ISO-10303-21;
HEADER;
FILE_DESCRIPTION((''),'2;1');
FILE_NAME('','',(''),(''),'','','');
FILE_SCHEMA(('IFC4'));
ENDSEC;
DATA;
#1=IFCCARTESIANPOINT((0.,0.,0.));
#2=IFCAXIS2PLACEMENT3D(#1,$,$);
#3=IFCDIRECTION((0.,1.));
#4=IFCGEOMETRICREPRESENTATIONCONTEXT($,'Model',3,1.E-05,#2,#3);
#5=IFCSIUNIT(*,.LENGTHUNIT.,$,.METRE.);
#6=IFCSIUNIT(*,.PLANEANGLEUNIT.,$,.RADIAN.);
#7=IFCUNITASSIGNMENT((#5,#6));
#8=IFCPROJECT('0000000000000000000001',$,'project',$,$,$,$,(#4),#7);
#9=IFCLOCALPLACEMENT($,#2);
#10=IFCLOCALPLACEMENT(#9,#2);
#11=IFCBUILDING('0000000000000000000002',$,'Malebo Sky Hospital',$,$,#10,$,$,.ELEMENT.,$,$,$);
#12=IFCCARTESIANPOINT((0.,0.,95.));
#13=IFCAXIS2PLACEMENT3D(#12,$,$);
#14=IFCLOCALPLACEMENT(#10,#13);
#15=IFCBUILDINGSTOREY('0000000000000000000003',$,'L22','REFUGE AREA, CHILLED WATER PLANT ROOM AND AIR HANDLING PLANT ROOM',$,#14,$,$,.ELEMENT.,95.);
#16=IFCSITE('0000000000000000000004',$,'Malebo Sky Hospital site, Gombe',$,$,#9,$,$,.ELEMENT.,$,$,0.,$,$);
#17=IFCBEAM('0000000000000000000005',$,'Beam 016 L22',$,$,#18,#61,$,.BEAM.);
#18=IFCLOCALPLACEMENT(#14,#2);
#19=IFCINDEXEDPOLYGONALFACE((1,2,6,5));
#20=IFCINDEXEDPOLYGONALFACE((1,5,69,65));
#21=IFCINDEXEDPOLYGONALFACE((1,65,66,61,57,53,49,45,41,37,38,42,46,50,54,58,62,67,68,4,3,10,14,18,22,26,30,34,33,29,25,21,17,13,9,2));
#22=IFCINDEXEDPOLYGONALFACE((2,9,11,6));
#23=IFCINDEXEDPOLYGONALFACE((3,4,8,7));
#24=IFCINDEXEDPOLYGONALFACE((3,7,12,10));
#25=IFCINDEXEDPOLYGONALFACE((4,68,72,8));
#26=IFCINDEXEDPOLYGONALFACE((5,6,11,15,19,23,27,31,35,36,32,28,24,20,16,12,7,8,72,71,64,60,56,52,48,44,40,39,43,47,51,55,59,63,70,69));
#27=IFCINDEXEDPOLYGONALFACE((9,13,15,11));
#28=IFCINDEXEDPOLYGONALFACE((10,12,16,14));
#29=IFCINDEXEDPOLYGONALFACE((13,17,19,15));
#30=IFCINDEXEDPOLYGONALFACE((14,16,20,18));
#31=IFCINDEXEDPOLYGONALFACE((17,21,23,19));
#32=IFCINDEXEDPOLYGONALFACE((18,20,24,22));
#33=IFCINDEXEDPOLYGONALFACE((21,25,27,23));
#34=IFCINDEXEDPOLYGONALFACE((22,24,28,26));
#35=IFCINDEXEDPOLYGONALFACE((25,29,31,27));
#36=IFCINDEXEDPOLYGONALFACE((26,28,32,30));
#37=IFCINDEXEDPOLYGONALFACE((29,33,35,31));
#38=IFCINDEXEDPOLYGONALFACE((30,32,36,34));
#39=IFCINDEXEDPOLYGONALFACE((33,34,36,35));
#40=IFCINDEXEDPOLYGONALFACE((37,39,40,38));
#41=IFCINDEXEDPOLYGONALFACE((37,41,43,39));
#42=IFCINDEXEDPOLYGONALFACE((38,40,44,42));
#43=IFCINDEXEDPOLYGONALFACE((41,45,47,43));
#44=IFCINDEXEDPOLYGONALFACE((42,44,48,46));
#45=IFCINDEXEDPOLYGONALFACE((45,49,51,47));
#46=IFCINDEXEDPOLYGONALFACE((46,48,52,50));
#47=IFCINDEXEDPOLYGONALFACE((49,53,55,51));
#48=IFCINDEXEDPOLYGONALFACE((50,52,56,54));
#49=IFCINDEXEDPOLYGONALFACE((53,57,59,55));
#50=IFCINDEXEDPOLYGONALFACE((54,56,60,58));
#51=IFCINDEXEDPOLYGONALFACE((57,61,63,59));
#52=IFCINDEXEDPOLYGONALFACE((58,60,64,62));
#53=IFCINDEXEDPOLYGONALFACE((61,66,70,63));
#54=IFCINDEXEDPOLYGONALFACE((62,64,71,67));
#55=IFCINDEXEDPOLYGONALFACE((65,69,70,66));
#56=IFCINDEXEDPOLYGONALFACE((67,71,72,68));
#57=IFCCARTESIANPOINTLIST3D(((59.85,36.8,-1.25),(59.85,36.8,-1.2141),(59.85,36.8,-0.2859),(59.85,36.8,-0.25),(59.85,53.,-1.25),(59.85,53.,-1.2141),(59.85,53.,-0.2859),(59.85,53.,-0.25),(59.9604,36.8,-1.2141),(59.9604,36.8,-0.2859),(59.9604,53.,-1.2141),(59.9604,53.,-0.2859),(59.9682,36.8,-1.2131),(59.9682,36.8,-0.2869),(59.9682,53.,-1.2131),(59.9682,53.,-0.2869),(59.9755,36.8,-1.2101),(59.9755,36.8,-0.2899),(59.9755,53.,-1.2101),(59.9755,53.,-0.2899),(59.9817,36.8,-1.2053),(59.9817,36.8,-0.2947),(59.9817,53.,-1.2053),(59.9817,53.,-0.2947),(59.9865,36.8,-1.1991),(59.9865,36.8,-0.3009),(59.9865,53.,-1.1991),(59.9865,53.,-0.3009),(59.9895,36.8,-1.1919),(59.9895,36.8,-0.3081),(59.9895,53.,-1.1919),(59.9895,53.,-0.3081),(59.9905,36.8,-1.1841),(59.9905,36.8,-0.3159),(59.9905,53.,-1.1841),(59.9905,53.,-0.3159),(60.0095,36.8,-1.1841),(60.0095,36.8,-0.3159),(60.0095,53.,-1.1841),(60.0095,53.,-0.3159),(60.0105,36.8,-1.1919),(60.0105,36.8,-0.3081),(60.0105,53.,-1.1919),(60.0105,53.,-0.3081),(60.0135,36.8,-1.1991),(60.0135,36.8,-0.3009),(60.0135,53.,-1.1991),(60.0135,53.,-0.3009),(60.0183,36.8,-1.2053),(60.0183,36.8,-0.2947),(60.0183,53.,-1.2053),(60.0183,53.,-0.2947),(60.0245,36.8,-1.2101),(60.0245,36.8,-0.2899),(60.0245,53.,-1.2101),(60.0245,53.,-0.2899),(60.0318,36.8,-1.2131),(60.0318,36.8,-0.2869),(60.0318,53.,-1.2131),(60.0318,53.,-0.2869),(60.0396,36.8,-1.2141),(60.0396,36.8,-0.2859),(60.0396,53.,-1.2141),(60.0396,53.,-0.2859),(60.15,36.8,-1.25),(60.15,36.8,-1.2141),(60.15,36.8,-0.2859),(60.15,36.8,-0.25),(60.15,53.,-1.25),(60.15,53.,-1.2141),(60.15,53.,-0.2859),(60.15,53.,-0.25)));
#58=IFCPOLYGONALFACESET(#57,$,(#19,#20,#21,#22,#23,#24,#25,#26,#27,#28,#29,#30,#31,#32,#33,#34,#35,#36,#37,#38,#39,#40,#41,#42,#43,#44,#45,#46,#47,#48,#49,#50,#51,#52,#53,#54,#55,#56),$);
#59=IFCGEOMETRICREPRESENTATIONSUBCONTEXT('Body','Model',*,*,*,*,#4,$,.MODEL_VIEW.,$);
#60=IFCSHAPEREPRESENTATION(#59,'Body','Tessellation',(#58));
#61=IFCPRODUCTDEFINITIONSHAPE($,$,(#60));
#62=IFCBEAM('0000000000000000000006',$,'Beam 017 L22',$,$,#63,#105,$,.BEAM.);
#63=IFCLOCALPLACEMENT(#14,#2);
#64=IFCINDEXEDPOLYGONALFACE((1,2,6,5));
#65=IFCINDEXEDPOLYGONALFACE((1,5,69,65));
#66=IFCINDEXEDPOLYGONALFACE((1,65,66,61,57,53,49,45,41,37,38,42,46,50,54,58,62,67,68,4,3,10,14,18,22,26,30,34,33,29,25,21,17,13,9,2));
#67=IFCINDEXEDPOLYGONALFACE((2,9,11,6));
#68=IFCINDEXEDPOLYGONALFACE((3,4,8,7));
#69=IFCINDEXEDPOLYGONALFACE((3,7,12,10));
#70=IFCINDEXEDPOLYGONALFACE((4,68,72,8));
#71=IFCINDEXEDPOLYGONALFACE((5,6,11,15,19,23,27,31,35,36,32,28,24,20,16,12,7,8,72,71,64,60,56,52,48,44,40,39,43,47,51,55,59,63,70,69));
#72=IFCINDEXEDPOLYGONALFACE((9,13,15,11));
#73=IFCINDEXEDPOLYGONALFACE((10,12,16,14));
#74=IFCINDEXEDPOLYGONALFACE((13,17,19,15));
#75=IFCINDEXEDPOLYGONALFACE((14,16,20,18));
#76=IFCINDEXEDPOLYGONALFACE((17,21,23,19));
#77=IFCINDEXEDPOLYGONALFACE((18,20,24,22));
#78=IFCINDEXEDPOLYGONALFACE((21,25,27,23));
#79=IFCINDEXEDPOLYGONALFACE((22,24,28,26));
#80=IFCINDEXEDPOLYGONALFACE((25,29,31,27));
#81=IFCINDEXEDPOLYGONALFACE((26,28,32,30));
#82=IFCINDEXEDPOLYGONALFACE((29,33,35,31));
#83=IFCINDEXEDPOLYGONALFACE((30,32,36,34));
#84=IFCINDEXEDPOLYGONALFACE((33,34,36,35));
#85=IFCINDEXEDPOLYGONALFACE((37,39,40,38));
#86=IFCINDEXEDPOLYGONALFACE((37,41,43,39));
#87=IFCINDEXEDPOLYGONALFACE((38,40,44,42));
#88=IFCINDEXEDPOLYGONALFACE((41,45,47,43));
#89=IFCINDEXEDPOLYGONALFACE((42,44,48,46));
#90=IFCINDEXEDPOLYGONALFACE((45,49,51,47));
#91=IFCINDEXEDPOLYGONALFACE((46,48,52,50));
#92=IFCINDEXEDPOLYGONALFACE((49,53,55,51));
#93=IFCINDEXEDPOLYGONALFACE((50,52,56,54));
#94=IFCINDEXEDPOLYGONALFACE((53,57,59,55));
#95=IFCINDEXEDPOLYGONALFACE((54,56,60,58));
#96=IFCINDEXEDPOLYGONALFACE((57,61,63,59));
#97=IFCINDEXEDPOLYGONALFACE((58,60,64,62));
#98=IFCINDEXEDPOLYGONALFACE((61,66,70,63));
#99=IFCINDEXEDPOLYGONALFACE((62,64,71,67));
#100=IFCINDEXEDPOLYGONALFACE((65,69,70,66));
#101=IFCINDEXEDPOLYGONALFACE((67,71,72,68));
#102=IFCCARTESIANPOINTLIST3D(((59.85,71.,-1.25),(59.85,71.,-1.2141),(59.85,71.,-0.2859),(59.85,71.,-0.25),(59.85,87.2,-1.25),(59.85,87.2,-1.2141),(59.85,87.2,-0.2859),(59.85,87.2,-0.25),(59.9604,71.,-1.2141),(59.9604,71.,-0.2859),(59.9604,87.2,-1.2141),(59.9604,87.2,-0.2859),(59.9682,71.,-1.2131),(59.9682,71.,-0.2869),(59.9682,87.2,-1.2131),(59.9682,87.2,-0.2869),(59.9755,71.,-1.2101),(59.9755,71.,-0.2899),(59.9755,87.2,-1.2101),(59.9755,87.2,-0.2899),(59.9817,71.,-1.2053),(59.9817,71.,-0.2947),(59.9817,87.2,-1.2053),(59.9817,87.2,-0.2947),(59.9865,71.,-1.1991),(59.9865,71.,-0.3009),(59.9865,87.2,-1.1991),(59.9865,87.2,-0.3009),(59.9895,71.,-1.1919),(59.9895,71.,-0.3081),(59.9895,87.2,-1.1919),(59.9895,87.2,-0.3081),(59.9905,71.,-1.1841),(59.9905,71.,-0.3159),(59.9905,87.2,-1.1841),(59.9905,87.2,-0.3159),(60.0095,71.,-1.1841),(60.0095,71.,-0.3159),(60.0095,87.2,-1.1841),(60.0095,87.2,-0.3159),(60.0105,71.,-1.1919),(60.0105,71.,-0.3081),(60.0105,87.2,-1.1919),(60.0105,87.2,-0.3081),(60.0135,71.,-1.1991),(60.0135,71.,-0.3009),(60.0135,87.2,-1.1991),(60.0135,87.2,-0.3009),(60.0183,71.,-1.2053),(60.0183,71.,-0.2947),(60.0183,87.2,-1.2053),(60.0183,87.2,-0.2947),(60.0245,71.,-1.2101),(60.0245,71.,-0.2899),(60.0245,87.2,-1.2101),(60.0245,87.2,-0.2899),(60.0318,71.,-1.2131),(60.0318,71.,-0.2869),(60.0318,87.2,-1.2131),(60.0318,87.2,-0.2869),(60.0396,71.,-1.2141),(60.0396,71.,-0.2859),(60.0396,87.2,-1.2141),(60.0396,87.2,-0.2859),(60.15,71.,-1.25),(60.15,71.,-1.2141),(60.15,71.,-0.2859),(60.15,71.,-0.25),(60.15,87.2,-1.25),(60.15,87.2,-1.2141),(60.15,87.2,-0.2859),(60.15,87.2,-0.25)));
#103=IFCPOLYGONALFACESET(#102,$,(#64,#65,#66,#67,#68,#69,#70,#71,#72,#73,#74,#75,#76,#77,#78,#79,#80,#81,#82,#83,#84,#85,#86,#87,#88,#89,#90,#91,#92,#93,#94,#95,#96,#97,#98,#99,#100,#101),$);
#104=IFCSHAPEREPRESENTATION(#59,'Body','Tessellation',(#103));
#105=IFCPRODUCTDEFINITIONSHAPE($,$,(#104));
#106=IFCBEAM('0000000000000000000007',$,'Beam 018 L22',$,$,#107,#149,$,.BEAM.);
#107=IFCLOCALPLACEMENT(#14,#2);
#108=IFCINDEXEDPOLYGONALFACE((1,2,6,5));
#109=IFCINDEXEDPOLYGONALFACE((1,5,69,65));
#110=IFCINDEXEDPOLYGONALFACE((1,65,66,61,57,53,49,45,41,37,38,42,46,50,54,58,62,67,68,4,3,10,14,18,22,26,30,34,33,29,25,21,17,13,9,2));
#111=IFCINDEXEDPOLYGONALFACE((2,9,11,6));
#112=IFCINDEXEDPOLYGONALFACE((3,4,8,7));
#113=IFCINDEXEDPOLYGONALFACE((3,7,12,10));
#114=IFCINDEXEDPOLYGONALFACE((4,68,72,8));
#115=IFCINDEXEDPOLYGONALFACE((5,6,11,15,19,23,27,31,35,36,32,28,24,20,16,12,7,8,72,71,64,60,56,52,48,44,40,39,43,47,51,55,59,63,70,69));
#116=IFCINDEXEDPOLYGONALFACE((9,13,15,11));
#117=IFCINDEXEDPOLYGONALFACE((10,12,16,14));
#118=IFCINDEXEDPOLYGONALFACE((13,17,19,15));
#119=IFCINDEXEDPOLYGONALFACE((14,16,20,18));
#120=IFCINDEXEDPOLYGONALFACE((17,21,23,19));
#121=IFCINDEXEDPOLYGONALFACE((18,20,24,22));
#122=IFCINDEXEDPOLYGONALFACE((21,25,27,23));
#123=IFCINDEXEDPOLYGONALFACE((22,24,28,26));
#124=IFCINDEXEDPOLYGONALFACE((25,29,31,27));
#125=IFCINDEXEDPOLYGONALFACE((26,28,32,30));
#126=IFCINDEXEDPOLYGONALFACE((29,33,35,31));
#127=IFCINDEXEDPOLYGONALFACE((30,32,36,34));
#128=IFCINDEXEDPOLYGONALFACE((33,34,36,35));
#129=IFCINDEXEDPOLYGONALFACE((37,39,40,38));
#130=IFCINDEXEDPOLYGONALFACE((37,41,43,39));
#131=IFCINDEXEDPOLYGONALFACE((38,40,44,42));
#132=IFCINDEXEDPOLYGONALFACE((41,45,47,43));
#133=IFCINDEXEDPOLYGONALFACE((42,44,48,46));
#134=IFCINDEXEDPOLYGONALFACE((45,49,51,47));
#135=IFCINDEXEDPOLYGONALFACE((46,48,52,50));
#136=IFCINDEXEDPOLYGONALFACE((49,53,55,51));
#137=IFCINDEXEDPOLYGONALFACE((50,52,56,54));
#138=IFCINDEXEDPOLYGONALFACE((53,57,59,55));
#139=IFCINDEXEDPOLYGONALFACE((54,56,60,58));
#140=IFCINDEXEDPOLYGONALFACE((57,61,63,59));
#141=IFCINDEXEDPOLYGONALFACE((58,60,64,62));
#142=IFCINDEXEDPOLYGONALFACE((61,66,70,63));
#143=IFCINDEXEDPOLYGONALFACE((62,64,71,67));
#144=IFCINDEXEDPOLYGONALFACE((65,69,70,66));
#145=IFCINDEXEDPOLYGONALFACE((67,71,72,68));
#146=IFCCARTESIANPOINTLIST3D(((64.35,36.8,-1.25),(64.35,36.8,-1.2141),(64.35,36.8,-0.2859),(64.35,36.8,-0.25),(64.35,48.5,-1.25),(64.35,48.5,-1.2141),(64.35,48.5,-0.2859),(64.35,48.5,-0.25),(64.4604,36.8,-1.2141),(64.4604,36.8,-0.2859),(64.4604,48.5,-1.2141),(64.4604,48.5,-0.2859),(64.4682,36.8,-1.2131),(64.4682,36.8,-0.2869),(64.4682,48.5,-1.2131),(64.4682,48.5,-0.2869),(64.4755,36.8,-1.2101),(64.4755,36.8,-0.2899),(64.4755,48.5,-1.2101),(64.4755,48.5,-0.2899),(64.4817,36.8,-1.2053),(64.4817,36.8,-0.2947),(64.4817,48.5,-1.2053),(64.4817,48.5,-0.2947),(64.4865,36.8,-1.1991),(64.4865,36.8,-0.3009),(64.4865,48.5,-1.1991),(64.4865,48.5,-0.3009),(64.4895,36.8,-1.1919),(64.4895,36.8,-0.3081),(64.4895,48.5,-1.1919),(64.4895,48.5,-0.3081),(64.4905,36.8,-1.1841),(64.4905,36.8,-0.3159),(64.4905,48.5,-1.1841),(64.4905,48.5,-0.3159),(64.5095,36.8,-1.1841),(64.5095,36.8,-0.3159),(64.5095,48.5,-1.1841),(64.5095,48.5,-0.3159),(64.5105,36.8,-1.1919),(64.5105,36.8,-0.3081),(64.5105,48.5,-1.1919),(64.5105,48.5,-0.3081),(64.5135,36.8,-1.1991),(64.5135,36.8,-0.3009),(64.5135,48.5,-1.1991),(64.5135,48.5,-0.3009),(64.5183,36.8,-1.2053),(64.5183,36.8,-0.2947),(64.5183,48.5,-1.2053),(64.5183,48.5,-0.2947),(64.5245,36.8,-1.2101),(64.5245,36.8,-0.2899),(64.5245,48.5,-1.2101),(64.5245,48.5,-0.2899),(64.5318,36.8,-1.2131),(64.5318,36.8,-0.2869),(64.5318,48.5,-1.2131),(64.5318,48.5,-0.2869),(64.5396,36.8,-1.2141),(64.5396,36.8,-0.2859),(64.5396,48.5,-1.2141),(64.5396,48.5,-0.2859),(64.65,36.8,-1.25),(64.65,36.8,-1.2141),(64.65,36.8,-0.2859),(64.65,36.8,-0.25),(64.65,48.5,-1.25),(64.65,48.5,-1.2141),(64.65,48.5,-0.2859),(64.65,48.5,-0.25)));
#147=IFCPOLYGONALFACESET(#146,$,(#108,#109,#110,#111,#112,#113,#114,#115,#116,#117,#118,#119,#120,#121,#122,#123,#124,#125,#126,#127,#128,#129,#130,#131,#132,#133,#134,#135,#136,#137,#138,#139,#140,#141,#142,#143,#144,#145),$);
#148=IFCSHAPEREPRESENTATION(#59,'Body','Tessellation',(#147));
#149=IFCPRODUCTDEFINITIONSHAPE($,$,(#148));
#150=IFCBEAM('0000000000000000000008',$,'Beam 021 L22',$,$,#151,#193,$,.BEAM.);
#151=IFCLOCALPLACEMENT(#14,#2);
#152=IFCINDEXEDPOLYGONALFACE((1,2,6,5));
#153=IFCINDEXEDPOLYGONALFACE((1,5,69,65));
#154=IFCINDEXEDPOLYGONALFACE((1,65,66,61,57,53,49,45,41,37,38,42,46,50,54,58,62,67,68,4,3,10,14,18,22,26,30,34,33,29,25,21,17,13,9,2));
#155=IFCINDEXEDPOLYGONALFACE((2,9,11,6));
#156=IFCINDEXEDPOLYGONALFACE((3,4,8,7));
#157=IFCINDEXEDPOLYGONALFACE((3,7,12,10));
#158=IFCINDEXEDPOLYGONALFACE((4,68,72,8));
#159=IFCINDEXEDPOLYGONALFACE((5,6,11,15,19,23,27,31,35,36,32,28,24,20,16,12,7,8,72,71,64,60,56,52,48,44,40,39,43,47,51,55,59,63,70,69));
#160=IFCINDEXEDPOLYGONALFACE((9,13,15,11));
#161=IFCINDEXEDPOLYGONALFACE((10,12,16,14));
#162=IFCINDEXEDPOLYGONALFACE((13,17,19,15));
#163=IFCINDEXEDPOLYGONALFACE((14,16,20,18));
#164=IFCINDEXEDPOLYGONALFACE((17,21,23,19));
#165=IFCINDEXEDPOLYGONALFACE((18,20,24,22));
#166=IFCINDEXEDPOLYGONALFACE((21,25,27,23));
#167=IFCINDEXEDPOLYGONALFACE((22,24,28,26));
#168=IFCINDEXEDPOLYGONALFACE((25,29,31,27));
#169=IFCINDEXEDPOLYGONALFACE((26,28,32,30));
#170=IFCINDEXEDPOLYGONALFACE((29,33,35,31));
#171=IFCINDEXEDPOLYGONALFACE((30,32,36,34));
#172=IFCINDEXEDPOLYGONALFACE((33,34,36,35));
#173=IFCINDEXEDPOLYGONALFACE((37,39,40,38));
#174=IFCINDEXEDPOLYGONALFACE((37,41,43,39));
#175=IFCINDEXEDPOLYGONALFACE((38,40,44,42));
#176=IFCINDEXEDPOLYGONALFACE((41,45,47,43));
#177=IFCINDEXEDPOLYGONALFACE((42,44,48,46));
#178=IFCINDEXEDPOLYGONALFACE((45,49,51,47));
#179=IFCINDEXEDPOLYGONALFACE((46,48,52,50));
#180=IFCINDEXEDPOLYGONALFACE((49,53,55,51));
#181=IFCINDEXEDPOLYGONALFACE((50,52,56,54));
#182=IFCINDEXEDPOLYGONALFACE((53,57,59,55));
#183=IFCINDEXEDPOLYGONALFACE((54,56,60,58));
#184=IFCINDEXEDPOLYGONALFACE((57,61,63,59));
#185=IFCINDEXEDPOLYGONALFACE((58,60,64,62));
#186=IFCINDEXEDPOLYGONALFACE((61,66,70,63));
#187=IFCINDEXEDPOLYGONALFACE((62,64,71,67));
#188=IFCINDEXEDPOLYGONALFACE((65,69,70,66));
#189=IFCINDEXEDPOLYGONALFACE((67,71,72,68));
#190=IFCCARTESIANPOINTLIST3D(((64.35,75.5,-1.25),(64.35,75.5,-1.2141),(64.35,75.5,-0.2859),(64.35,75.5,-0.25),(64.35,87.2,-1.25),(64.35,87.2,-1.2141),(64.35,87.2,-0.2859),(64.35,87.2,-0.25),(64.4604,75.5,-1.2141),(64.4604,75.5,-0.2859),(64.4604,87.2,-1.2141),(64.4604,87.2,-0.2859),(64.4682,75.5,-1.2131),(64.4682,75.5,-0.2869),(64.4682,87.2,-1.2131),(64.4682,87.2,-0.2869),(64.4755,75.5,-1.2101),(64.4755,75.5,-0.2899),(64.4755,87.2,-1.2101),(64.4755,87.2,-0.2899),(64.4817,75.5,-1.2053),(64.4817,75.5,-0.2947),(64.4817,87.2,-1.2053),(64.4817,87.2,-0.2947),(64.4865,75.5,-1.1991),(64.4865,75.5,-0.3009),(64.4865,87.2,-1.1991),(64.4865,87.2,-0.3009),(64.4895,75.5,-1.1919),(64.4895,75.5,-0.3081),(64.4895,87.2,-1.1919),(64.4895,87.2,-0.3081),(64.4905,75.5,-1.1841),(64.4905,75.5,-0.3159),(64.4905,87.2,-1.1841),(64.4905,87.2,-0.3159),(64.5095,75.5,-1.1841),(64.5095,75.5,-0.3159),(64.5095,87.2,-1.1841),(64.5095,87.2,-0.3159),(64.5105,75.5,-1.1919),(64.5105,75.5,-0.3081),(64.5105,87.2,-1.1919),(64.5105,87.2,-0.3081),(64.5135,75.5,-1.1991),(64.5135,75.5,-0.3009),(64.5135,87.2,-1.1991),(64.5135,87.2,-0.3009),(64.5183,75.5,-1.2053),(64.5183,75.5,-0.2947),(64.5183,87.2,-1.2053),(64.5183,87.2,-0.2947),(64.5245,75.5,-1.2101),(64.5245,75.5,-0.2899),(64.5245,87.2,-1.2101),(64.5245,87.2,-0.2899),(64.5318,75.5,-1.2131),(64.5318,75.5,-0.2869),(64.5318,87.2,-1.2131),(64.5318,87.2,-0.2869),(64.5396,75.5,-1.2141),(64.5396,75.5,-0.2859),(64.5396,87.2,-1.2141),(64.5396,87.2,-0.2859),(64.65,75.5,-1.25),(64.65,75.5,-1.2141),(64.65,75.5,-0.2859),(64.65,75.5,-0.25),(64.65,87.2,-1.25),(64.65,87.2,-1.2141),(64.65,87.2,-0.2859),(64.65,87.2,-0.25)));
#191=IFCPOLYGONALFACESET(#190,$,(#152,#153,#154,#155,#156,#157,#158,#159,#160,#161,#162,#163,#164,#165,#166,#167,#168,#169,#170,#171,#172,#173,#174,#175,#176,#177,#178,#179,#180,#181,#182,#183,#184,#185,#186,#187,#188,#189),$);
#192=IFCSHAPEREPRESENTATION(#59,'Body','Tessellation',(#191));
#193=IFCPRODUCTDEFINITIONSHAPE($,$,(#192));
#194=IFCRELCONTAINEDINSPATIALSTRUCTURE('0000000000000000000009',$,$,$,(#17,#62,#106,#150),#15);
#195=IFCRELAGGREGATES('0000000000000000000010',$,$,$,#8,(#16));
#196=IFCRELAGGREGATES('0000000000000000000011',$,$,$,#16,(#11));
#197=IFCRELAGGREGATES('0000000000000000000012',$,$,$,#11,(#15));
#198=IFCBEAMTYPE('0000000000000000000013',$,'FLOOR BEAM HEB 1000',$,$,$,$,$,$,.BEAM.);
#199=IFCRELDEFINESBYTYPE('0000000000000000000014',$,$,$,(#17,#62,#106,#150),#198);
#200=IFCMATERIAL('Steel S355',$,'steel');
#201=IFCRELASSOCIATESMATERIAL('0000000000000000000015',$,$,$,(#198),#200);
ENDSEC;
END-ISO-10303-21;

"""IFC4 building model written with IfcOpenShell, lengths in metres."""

from ifc_helpers import new_model, si_unit, direction, frame, origin, origin_2d, place, context, subcontext, project, spatial, i_section, extrude, material, material_profile, profile_set, type_object, element, save


model = new_model("IFC4")

# Units and contexts
model_context = context("Model", 3, precision=1e-05, world=origin(), true_north=direction((0.0, 1.0)))
body_context = subcontext(model_context, "Body", "Model", "MODEL_VIEW")
ifc_project = project(units=[si_unit("LENGTHUNIT", "METRE"), si_unit("PLANEANGLEUNIT", "RADIAN")], contexts=[model_context])

# Site, building, storey
site_placement = place(None, origin())
site = spatial("IfcSite", under=ifc_project, at=site_placement, Name="Malebo Sky Hospital site, Gombe", CompositionType="ELEMENT", RefElevation=0.0)
building_placement = place(site_placement, origin())
building = spatial("IfcBuilding", under=site, at=building_placement, Name="Malebo Sky Hospital", CompositionType="ELEMENT")
storey_placement = place(building_placement, frame((0.0, 0.0, 95.0)))
storey = spatial("IfcBuildingStorey", under=building, at=storey_placement, Name="L22", Description="REFUGE AREA, CHILLED WATER PLANT ROOM AND AIR HANDLING PLANT ROOM", CompositionType="ELEMENT", Elevation=95.0)

# Beams
ifc_material = material(Name="Steel S355", Category="steel")
ifc_material_profile_1 = material_profile(ifc_material, i_section(OverallWidth=0.3, OverallDepth=1.0, WebThickness=0.019, FlangeThickness=0.0359, FilletRadius=0.03, at=origin_2d()), Name="HEB 1000")
ifc_profile_set_1 = profile_set([ifc_material_profile_1], Name="Steel S355")
beam_type_1 = type_object("IfcBeamType", Name="FLOOR BEAM HEB 1000", PredefinedType="BEAM", material=ifc_profile_set_1)
for number, where, z_axis, x_axis, name in (
    (1, (60.0, 36.8, -0.75), (0.0, 1.0, 0.0), (-1.0, 0.0, 0.0), "Beam 016 L22"),
    (2, (60.0, 71.0, -0.75), (0.0, 1.0, 0.0), (-1.0, 0.0, 0.0), "Beam 017 L22"),
):
    element("IfcBeam", number, at=place(storey_placement, frame(where, z_axis=z_axis, x_axis=x_axis)), inside=storey, type_object=beam_type_1, Name=name, PredefinedType="BEAM", context=body_context, shape_type="SweptSolid", body=[
        extrude(i_section(OverallWidth=0.3, OverallDepth=1.0, WebThickness=0.019, FlangeThickness=0.0359, FilletRadius=0.03, at=origin_2d()), origin(), (0.0, 0.0, 1.0), 16.2),
    ])
for number, where, z_axis, x_axis, name in (
    (3, (64.5, 36.8, -0.75), (0.0, 1.0, 0.0), (-1.0, 0.0, 0.0), "Beam 018 L22"),
    (4, (64.5, 75.5, -0.75), (0.0, 1.0, 0.0), (-1.0, 0.0, 0.0), "Beam 021 L22"),
):
    element("IfcBeam", number, at=place(storey_placement, frame(where, z_axis=z_axis, x_axis=x_axis)), inside=storey, type_object=beam_type_1, Name=name, PredefinedType="BEAM", context=body_context, shape_type="SweptSolid", body=[
        extrude(i_section(OverallWidth=0.3, OverallDepth=1.0, WebThickness=0.019, FlangeThickness=0.0359, FilletRadius=0.03, at=origin_2d()), origin(), (0.0, 0.0, 1.0), 11.7),
    ])

save(model, "model.ifc")
